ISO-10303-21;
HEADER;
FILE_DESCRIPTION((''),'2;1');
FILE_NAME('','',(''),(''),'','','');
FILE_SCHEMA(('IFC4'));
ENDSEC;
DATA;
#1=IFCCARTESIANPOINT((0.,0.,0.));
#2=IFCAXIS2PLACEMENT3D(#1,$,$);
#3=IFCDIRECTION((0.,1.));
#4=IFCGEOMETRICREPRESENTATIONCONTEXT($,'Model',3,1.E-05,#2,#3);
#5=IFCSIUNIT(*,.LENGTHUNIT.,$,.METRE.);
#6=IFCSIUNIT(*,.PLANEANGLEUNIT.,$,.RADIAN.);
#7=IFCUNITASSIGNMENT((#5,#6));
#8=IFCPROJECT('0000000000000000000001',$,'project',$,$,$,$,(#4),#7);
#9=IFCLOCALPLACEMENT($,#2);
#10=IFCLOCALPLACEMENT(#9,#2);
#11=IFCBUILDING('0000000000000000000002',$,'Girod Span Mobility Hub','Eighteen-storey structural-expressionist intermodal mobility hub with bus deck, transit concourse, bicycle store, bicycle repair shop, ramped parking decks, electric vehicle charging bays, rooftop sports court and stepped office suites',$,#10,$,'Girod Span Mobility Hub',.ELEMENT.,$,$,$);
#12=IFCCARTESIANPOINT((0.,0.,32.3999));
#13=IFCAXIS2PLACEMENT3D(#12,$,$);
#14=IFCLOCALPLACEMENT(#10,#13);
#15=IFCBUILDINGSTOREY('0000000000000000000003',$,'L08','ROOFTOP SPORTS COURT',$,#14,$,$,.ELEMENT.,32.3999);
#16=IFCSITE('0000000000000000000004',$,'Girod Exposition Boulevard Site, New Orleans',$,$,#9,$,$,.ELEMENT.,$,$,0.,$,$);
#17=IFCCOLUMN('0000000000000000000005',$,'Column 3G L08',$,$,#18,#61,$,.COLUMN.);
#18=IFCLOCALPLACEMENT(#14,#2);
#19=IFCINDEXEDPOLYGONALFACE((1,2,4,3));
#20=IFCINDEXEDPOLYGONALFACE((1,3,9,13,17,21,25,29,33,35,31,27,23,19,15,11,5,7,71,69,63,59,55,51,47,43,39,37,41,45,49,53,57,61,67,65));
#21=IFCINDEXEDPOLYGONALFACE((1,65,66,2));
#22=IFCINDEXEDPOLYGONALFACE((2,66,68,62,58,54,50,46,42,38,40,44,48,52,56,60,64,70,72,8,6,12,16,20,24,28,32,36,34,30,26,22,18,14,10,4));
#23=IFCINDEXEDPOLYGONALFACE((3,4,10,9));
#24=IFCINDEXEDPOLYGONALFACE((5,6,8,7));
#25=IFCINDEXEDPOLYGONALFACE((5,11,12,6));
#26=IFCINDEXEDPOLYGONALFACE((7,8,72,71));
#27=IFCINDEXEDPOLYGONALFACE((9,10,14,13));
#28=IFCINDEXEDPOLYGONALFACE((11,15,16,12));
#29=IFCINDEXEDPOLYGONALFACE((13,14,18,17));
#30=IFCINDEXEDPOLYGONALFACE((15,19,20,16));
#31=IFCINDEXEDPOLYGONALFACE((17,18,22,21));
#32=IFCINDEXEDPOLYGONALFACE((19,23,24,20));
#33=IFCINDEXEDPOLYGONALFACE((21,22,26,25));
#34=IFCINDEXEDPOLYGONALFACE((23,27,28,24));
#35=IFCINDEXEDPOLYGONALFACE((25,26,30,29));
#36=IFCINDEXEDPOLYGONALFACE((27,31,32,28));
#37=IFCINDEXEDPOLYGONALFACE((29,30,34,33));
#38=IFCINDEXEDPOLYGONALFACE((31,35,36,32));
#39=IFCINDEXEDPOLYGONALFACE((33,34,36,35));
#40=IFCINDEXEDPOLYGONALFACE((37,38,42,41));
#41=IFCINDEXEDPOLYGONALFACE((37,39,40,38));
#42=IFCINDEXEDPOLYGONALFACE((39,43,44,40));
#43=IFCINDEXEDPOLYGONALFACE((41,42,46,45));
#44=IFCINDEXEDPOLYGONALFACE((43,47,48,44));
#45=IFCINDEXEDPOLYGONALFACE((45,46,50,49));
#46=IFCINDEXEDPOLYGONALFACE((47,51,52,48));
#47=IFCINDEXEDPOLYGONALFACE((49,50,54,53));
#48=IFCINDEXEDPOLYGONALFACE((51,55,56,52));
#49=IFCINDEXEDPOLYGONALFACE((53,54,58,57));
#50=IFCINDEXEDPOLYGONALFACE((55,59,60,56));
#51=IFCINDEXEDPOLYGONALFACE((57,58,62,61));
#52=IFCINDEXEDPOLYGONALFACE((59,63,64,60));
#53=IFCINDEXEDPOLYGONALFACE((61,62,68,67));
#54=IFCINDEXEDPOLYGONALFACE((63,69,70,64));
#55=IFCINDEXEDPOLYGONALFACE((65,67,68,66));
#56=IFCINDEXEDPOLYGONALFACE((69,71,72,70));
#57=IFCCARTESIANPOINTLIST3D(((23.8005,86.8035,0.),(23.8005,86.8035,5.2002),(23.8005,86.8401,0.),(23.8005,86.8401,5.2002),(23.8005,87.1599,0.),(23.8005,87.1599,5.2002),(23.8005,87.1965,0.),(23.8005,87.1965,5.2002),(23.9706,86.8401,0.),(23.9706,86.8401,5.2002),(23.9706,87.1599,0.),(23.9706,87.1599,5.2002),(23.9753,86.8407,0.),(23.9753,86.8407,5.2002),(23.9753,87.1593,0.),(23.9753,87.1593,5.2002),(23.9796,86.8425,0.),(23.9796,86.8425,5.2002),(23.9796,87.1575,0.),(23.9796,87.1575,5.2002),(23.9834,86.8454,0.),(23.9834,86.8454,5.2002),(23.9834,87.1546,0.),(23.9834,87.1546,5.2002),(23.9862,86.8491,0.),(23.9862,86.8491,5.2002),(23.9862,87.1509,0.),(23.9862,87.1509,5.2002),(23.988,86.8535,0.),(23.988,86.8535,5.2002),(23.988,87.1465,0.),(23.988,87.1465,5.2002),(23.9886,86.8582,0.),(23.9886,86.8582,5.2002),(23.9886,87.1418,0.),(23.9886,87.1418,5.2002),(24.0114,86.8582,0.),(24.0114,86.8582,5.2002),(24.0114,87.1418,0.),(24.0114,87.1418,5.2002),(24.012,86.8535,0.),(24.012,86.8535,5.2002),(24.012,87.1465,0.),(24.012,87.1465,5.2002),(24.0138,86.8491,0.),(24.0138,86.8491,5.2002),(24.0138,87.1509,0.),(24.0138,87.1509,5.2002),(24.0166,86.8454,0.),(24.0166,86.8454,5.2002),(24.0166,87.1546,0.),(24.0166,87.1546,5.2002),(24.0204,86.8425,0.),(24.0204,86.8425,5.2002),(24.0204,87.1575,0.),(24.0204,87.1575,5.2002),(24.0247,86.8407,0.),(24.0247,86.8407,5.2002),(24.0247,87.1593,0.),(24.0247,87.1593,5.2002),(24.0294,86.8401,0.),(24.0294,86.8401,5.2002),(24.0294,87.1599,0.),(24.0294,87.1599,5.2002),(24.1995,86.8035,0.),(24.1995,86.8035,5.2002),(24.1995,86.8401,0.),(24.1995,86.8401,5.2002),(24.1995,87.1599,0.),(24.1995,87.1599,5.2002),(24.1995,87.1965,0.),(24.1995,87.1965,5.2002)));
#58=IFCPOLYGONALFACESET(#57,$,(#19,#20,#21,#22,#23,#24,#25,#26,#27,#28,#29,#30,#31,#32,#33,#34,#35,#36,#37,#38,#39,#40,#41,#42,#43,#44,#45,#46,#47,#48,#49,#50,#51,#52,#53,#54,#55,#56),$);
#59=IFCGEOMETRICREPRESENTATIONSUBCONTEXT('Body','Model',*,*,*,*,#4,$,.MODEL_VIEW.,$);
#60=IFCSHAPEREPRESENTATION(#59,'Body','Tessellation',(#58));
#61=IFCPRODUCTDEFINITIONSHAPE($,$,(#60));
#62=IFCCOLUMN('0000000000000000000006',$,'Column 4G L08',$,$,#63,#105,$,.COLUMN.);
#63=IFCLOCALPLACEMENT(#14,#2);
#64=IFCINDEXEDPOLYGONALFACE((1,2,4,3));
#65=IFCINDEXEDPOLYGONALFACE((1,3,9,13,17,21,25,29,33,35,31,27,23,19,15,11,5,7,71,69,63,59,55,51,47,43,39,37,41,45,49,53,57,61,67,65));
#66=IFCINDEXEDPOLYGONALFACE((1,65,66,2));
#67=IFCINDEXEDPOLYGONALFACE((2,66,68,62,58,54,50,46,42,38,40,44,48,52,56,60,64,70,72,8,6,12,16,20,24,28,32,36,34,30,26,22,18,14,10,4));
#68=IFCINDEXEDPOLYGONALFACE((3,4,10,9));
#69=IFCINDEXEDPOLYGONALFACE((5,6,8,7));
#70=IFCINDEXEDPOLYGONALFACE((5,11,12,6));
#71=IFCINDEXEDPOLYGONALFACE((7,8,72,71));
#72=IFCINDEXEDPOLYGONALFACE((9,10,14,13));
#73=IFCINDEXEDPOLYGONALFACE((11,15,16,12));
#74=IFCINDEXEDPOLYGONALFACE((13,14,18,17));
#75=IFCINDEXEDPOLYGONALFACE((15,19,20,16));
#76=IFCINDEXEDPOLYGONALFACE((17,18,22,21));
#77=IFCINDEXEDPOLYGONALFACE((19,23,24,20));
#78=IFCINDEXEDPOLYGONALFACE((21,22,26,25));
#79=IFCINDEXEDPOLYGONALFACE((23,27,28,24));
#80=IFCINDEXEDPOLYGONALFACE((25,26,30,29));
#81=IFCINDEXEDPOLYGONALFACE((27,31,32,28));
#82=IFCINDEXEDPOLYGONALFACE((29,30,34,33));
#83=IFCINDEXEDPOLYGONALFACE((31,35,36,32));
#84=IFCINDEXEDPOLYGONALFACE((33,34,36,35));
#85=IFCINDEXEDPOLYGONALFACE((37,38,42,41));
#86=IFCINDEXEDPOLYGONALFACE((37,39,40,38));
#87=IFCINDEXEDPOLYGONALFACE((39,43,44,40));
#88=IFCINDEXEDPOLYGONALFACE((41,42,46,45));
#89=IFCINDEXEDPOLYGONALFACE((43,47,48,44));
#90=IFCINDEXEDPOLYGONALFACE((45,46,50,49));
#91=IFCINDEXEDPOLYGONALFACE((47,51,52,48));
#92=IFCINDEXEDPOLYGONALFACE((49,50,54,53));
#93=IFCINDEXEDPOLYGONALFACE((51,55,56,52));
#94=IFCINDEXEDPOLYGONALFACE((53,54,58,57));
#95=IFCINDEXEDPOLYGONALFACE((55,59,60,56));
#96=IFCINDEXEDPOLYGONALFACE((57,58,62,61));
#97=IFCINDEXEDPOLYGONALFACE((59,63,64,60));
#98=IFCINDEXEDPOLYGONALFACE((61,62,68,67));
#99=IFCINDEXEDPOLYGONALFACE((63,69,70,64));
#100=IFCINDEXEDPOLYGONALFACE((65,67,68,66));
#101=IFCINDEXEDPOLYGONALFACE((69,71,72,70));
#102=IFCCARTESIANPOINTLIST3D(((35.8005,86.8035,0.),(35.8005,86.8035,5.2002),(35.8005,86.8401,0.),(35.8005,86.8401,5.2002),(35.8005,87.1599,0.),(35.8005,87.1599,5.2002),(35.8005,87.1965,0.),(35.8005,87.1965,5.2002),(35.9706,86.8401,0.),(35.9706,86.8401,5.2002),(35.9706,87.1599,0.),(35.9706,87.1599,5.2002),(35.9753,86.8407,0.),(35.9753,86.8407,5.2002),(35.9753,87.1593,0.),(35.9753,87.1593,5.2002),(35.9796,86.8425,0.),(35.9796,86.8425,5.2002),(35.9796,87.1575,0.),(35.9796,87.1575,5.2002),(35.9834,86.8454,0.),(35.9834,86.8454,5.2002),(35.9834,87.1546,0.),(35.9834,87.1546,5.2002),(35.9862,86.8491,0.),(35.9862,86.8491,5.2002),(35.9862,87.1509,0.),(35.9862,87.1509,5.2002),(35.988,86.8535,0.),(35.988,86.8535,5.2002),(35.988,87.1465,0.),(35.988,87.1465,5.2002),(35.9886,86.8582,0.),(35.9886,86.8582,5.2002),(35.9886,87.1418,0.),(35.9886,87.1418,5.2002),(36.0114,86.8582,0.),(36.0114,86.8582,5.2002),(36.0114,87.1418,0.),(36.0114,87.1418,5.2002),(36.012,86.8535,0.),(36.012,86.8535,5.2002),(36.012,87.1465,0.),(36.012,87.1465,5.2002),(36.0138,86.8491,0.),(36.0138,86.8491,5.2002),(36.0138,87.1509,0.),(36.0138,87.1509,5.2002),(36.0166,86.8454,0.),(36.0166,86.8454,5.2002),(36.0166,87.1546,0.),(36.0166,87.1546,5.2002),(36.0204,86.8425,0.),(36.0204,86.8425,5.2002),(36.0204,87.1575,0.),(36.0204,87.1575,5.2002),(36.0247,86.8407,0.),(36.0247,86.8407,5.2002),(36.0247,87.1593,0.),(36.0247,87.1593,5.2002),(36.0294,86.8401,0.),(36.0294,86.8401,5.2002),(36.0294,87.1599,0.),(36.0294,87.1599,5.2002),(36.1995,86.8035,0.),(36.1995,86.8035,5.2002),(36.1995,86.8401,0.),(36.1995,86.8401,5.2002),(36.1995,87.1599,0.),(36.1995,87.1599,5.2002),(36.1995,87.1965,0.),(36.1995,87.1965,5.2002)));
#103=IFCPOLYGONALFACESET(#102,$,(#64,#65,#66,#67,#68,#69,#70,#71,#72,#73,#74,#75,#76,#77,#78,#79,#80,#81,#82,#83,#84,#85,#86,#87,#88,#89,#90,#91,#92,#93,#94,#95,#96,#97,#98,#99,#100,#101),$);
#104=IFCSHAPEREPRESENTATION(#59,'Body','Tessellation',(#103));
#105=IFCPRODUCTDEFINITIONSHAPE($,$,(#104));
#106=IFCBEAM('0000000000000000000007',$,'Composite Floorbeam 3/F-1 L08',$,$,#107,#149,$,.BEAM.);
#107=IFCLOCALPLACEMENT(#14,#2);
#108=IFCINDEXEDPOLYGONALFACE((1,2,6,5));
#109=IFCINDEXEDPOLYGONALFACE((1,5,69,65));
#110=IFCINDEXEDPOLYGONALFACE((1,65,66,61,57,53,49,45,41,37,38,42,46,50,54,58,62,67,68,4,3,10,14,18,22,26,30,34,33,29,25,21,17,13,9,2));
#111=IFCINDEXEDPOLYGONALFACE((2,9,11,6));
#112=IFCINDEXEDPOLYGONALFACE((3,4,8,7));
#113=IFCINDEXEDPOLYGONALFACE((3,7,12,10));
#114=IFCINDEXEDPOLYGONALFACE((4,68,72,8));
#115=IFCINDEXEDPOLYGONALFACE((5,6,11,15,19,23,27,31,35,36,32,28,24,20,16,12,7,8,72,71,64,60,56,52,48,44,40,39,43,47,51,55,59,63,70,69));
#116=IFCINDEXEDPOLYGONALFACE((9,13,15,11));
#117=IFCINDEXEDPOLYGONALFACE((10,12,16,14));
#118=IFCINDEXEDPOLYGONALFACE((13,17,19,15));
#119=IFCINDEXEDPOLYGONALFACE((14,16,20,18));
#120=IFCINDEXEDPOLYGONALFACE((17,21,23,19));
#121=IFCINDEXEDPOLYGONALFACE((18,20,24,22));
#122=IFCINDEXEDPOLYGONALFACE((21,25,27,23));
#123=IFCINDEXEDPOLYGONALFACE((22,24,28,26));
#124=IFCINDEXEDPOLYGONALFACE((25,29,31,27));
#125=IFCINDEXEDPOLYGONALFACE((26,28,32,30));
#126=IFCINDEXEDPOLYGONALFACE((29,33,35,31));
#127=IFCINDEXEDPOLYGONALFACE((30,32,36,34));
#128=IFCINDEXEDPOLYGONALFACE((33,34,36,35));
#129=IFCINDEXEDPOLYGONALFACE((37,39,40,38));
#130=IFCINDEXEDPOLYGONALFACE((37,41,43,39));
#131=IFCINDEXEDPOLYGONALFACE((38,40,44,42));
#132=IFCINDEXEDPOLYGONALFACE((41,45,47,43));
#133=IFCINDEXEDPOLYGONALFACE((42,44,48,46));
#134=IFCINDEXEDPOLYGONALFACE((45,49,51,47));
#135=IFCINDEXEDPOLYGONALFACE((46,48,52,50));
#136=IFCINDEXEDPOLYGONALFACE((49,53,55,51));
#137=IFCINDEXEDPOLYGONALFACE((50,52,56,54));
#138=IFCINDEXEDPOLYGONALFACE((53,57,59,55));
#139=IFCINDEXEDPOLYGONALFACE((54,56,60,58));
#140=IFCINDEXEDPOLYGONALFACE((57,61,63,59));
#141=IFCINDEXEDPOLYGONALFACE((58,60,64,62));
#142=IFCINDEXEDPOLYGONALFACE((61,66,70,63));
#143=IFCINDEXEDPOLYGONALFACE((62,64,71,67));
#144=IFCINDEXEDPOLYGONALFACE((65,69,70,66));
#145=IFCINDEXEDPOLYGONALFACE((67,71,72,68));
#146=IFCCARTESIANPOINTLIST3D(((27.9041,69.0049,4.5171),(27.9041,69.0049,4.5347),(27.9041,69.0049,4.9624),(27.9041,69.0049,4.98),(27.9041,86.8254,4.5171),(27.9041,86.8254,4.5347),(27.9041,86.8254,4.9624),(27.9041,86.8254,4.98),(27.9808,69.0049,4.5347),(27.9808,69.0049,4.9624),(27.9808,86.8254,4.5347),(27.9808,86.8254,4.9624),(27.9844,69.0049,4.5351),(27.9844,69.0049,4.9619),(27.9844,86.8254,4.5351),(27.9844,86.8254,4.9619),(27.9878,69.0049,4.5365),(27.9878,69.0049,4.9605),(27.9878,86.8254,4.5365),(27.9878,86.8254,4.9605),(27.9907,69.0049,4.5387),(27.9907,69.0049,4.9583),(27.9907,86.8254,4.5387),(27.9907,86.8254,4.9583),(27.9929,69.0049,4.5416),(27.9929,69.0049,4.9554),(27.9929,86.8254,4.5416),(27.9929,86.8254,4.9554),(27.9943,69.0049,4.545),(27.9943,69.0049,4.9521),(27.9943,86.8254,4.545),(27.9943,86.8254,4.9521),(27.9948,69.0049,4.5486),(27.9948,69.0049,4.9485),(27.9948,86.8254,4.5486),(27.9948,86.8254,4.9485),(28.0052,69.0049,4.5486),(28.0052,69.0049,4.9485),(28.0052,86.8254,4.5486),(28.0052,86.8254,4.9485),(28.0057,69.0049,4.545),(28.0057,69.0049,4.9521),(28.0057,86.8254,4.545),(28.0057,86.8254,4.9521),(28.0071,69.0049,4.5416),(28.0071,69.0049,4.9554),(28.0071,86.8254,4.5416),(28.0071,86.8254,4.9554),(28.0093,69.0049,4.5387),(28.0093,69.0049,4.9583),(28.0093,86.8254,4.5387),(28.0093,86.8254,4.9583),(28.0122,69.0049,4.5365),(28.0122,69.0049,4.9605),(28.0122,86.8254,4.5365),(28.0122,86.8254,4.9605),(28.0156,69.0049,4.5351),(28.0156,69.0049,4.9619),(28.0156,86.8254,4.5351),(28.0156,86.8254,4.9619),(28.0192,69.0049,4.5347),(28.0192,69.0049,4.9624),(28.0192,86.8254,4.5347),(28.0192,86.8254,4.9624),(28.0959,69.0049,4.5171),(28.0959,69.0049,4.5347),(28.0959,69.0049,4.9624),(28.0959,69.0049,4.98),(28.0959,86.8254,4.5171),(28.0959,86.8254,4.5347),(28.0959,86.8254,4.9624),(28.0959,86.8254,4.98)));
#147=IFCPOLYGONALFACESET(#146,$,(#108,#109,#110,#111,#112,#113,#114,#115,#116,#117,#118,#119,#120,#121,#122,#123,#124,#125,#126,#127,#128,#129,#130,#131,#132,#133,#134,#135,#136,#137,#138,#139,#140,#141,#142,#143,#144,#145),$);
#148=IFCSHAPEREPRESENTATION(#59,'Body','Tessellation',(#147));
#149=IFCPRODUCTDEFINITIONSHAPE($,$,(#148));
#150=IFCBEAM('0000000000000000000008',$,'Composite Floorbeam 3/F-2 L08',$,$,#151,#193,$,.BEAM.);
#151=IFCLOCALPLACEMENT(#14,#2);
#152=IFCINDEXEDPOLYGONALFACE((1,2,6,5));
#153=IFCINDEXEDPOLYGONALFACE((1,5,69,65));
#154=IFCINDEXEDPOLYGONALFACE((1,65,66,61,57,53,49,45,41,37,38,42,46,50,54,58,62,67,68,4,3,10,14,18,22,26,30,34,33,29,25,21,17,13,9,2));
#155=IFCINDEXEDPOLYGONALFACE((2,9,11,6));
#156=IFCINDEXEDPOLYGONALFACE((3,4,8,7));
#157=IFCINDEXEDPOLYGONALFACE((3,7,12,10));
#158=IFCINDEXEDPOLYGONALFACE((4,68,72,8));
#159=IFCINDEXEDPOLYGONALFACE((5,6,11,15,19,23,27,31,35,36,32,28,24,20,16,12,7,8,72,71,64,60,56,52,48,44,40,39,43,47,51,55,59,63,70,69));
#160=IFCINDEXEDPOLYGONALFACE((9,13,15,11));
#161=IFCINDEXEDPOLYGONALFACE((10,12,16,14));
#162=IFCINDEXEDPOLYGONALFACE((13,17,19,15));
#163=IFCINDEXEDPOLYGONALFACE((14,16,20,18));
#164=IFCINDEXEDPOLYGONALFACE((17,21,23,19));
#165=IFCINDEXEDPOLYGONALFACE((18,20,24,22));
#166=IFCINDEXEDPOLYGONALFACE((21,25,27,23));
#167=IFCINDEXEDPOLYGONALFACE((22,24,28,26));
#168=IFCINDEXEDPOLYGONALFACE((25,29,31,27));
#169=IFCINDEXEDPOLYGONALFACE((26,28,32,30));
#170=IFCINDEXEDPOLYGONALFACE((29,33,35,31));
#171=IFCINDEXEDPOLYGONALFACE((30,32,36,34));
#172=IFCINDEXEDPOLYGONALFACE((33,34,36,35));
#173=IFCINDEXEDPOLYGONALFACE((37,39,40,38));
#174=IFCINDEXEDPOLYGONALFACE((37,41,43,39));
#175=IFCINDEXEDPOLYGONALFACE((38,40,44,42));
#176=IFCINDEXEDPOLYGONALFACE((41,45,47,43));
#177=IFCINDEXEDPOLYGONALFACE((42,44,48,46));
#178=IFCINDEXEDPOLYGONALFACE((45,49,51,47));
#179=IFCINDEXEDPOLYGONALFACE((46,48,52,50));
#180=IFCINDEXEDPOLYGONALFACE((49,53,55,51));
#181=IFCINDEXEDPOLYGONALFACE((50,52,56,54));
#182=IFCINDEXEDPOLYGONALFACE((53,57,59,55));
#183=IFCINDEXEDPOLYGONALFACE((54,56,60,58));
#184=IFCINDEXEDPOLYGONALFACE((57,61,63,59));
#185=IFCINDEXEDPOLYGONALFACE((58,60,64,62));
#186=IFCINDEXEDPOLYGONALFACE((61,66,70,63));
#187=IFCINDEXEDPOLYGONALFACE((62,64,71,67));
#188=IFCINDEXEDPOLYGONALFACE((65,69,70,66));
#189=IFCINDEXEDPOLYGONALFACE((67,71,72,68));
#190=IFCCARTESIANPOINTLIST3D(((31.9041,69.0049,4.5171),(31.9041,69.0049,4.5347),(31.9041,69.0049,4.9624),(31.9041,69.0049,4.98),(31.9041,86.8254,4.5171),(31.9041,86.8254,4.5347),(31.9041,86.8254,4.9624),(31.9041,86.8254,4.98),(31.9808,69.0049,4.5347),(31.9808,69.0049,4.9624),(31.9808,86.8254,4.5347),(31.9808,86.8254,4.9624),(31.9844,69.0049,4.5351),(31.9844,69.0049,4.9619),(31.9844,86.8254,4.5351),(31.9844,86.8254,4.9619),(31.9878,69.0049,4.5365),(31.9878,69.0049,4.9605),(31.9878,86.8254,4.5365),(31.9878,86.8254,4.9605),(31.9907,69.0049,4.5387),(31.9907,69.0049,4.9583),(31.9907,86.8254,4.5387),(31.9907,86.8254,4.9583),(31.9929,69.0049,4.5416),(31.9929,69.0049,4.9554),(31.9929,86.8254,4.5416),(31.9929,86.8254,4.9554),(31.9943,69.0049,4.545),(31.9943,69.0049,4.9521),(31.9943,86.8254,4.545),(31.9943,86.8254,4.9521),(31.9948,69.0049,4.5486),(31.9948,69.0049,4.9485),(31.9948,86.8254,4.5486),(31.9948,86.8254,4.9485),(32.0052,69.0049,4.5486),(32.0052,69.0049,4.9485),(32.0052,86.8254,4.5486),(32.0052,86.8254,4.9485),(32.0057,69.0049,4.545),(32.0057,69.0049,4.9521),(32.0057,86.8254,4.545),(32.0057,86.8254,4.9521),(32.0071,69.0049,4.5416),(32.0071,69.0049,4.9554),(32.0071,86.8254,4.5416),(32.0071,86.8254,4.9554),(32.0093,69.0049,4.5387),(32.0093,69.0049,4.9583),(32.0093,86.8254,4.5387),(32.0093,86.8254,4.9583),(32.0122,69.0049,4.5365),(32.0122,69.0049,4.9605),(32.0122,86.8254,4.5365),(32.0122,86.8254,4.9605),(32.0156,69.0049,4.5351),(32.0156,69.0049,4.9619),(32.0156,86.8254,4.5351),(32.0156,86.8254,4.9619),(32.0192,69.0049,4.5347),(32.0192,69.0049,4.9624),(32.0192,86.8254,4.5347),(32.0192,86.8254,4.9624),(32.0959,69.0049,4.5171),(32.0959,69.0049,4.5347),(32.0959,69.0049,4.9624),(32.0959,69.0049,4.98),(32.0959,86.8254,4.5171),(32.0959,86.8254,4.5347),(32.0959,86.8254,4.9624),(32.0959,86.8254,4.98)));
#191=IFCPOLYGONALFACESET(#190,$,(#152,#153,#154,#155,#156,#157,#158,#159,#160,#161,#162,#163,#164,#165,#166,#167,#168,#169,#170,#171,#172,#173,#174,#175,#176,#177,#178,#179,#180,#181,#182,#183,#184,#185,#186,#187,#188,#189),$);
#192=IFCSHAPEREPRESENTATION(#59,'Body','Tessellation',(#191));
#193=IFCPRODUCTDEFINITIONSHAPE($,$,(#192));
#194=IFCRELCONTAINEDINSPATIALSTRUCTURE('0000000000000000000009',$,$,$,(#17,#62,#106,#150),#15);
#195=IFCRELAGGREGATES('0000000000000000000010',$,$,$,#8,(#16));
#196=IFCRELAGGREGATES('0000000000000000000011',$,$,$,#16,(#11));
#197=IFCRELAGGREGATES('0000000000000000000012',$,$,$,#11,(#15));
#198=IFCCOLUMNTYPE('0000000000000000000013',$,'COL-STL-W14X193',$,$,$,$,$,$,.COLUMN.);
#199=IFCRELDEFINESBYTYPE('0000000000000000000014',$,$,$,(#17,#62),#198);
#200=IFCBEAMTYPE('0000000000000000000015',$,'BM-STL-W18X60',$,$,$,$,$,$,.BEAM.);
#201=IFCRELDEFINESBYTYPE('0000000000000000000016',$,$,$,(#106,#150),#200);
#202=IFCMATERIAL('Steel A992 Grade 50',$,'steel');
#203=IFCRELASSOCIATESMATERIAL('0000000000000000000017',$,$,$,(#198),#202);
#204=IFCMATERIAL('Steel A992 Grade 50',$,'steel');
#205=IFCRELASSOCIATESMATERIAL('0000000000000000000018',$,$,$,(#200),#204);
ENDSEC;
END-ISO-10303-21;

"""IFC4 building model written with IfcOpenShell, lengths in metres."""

from ifc_helpers import new_model, si_unit, direction, frame, origin, origin_2d, place, context, subcontext, project, spatial, i_section, extrude, material, material_profile, profile_set, type_object, element, save


model = new_model("IFC4")

# Units and contexts
model_context = context("Model", 3, precision=1e-05, world=origin(), true_north=direction((0.0, 1.0)))
body_context = subcontext(model_context, "Body", "Model", "MODEL_VIEW")
ifc_project = project(units=[si_unit("LENGTHUNIT", "METRE"), si_unit("PLANEANGLEUNIT", "RADIAN")], contexts=[model_context])

# Site, building, storey
site_placement = place(None, origin())
site = spatial("IfcSite", under=ifc_project, at=site_placement, Name="Girod Exposition Boulevard Site, New Orleans", CompositionType="ELEMENT", RefElevation=0.0)
building_placement = place(site_placement, origin())
building = spatial("IfcBuilding", under=site, at=building_placement, Name="Girod Span Mobility Hub", Description="Eighteen-storey structural-expressionist intermodal mobility hub with bus deck, transit concourse, bicycle store, bicycle repair shop, ramped parking decks, electric vehicle charging bays, rooftop sports court and stepped office suites", LongName="Girod Span Mobility Hub", CompositionType="ELEMENT")
storey_placement = place(building_placement, frame((0.0, 0.0, 32.3999)))
storey = spatial("IfcBuildingStorey", under=building, at=storey_placement, Name="L08", Description="ROOFTOP SPORTS COURT", CompositionType="ELEMENT", Elevation=32.3999)

# Columns
ifc_material_1 = material(Name="Steel A992 Grade 50", Category="steel")
ifc_material_profile_1 = material_profile(ifc_material_1, i_section(OverallWidth=0.3989, OverallDepth=0.3931, WebThickness=0.0227, FlangeThickness=0.0366, FilletRadius=0.0181, at=origin_2d()), Name="W14X193")
ifc_profile_set_1 = profile_set([ifc_material_profile_1], Name="Steel A992 Grade 50")
column_type = type_object("IfcColumnType", Name="COL-STL-W14X193", PredefinedType="COLUMN", material=ifc_profile_set_1)
for number, where, z_axis, x_axis, name in (
    (1, (24.0, 87.0, 0.0), (0.0, 0.0, 1.0), (1.0, 0.0, 0.0), "Column 3G L08"),
    (2, (36.0, 87.0, 0.0), (0.0, 0.0, 1.0), (1.0, 0.0, 0.0), "Column 4G L08"),
):
    element("IfcColumn", number, at=place(storey_placement, frame(where, z_axis=z_axis, x_axis=x_axis)), inside=storey, type_object=column_type, Name=name, PredefinedType="COLUMN", context=body_context, shape_type="SweptSolid", body=[
        extrude(i_section(OverallWidth=0.3989, OverallDepth=0.3931, WebThickness=0.0227, FlangeThickness=0.0366, FilletRadius=0.0181, at=origin_2d()), origin(), (0.0, 0.0, 1.0), 5.2002),
    ])

# Beams
ifc_material_2 = material(Name="Steel A992 Grade 50", Category="steel")
ifc_material_profile_2 = material_profile(ifc_material_2, i_section(OverallWidth=0.1919, OverallDepth=0.4629, WebThickness=0.0105, FlangeThickness=0.0176, FilletRadius=0.0139, at=origin_2d()), Name="W18X60")
ifc_profile_set_2 = profile_set([ifc_material_profile_2], Name="Steel A992 Grade 50")
beam_type_1 = type_object("IfcBeamType", Name="BM-STL-W18X60", PredefinedType="BEAM", material=ifc_profile_set_2)
for number, where, z_axis, x_axis, name in (
    (3, (28.0, 69.0049, 4.7485), (0.0, 1.0, 0.0), (-1.0, 0.0, 0.0), "Composite Floorbeam 3/F-1 L08"),
    (4, (32.0, 69.0049, 4.7485), (0.0, 1.0, 0.0), (-1.0, 0.0, 0.0), "Composite Floorbeam 3/F-2 L08"),
):
    element("IfcBeam", number, at=place(storey_placement, frame(where, z_axis=z_axis, x_axis=x_axis)), inside=storey, type_object=beam_type_1, Name=name, PredefinedType="BEAM", context=body_context, shape_type="SweptSolid", body=[
        extrude(i_section(OverallWidth=0.1919, OverallDepth=0.4629, WebThickness=0.0105, FlangeThickness=0.0176, FilletRadius=0.0139, at=origin_2d()), origin(), (0.0, 0.0, 1.0), 17.8206),
    ])

save(model, "model.ifc")
